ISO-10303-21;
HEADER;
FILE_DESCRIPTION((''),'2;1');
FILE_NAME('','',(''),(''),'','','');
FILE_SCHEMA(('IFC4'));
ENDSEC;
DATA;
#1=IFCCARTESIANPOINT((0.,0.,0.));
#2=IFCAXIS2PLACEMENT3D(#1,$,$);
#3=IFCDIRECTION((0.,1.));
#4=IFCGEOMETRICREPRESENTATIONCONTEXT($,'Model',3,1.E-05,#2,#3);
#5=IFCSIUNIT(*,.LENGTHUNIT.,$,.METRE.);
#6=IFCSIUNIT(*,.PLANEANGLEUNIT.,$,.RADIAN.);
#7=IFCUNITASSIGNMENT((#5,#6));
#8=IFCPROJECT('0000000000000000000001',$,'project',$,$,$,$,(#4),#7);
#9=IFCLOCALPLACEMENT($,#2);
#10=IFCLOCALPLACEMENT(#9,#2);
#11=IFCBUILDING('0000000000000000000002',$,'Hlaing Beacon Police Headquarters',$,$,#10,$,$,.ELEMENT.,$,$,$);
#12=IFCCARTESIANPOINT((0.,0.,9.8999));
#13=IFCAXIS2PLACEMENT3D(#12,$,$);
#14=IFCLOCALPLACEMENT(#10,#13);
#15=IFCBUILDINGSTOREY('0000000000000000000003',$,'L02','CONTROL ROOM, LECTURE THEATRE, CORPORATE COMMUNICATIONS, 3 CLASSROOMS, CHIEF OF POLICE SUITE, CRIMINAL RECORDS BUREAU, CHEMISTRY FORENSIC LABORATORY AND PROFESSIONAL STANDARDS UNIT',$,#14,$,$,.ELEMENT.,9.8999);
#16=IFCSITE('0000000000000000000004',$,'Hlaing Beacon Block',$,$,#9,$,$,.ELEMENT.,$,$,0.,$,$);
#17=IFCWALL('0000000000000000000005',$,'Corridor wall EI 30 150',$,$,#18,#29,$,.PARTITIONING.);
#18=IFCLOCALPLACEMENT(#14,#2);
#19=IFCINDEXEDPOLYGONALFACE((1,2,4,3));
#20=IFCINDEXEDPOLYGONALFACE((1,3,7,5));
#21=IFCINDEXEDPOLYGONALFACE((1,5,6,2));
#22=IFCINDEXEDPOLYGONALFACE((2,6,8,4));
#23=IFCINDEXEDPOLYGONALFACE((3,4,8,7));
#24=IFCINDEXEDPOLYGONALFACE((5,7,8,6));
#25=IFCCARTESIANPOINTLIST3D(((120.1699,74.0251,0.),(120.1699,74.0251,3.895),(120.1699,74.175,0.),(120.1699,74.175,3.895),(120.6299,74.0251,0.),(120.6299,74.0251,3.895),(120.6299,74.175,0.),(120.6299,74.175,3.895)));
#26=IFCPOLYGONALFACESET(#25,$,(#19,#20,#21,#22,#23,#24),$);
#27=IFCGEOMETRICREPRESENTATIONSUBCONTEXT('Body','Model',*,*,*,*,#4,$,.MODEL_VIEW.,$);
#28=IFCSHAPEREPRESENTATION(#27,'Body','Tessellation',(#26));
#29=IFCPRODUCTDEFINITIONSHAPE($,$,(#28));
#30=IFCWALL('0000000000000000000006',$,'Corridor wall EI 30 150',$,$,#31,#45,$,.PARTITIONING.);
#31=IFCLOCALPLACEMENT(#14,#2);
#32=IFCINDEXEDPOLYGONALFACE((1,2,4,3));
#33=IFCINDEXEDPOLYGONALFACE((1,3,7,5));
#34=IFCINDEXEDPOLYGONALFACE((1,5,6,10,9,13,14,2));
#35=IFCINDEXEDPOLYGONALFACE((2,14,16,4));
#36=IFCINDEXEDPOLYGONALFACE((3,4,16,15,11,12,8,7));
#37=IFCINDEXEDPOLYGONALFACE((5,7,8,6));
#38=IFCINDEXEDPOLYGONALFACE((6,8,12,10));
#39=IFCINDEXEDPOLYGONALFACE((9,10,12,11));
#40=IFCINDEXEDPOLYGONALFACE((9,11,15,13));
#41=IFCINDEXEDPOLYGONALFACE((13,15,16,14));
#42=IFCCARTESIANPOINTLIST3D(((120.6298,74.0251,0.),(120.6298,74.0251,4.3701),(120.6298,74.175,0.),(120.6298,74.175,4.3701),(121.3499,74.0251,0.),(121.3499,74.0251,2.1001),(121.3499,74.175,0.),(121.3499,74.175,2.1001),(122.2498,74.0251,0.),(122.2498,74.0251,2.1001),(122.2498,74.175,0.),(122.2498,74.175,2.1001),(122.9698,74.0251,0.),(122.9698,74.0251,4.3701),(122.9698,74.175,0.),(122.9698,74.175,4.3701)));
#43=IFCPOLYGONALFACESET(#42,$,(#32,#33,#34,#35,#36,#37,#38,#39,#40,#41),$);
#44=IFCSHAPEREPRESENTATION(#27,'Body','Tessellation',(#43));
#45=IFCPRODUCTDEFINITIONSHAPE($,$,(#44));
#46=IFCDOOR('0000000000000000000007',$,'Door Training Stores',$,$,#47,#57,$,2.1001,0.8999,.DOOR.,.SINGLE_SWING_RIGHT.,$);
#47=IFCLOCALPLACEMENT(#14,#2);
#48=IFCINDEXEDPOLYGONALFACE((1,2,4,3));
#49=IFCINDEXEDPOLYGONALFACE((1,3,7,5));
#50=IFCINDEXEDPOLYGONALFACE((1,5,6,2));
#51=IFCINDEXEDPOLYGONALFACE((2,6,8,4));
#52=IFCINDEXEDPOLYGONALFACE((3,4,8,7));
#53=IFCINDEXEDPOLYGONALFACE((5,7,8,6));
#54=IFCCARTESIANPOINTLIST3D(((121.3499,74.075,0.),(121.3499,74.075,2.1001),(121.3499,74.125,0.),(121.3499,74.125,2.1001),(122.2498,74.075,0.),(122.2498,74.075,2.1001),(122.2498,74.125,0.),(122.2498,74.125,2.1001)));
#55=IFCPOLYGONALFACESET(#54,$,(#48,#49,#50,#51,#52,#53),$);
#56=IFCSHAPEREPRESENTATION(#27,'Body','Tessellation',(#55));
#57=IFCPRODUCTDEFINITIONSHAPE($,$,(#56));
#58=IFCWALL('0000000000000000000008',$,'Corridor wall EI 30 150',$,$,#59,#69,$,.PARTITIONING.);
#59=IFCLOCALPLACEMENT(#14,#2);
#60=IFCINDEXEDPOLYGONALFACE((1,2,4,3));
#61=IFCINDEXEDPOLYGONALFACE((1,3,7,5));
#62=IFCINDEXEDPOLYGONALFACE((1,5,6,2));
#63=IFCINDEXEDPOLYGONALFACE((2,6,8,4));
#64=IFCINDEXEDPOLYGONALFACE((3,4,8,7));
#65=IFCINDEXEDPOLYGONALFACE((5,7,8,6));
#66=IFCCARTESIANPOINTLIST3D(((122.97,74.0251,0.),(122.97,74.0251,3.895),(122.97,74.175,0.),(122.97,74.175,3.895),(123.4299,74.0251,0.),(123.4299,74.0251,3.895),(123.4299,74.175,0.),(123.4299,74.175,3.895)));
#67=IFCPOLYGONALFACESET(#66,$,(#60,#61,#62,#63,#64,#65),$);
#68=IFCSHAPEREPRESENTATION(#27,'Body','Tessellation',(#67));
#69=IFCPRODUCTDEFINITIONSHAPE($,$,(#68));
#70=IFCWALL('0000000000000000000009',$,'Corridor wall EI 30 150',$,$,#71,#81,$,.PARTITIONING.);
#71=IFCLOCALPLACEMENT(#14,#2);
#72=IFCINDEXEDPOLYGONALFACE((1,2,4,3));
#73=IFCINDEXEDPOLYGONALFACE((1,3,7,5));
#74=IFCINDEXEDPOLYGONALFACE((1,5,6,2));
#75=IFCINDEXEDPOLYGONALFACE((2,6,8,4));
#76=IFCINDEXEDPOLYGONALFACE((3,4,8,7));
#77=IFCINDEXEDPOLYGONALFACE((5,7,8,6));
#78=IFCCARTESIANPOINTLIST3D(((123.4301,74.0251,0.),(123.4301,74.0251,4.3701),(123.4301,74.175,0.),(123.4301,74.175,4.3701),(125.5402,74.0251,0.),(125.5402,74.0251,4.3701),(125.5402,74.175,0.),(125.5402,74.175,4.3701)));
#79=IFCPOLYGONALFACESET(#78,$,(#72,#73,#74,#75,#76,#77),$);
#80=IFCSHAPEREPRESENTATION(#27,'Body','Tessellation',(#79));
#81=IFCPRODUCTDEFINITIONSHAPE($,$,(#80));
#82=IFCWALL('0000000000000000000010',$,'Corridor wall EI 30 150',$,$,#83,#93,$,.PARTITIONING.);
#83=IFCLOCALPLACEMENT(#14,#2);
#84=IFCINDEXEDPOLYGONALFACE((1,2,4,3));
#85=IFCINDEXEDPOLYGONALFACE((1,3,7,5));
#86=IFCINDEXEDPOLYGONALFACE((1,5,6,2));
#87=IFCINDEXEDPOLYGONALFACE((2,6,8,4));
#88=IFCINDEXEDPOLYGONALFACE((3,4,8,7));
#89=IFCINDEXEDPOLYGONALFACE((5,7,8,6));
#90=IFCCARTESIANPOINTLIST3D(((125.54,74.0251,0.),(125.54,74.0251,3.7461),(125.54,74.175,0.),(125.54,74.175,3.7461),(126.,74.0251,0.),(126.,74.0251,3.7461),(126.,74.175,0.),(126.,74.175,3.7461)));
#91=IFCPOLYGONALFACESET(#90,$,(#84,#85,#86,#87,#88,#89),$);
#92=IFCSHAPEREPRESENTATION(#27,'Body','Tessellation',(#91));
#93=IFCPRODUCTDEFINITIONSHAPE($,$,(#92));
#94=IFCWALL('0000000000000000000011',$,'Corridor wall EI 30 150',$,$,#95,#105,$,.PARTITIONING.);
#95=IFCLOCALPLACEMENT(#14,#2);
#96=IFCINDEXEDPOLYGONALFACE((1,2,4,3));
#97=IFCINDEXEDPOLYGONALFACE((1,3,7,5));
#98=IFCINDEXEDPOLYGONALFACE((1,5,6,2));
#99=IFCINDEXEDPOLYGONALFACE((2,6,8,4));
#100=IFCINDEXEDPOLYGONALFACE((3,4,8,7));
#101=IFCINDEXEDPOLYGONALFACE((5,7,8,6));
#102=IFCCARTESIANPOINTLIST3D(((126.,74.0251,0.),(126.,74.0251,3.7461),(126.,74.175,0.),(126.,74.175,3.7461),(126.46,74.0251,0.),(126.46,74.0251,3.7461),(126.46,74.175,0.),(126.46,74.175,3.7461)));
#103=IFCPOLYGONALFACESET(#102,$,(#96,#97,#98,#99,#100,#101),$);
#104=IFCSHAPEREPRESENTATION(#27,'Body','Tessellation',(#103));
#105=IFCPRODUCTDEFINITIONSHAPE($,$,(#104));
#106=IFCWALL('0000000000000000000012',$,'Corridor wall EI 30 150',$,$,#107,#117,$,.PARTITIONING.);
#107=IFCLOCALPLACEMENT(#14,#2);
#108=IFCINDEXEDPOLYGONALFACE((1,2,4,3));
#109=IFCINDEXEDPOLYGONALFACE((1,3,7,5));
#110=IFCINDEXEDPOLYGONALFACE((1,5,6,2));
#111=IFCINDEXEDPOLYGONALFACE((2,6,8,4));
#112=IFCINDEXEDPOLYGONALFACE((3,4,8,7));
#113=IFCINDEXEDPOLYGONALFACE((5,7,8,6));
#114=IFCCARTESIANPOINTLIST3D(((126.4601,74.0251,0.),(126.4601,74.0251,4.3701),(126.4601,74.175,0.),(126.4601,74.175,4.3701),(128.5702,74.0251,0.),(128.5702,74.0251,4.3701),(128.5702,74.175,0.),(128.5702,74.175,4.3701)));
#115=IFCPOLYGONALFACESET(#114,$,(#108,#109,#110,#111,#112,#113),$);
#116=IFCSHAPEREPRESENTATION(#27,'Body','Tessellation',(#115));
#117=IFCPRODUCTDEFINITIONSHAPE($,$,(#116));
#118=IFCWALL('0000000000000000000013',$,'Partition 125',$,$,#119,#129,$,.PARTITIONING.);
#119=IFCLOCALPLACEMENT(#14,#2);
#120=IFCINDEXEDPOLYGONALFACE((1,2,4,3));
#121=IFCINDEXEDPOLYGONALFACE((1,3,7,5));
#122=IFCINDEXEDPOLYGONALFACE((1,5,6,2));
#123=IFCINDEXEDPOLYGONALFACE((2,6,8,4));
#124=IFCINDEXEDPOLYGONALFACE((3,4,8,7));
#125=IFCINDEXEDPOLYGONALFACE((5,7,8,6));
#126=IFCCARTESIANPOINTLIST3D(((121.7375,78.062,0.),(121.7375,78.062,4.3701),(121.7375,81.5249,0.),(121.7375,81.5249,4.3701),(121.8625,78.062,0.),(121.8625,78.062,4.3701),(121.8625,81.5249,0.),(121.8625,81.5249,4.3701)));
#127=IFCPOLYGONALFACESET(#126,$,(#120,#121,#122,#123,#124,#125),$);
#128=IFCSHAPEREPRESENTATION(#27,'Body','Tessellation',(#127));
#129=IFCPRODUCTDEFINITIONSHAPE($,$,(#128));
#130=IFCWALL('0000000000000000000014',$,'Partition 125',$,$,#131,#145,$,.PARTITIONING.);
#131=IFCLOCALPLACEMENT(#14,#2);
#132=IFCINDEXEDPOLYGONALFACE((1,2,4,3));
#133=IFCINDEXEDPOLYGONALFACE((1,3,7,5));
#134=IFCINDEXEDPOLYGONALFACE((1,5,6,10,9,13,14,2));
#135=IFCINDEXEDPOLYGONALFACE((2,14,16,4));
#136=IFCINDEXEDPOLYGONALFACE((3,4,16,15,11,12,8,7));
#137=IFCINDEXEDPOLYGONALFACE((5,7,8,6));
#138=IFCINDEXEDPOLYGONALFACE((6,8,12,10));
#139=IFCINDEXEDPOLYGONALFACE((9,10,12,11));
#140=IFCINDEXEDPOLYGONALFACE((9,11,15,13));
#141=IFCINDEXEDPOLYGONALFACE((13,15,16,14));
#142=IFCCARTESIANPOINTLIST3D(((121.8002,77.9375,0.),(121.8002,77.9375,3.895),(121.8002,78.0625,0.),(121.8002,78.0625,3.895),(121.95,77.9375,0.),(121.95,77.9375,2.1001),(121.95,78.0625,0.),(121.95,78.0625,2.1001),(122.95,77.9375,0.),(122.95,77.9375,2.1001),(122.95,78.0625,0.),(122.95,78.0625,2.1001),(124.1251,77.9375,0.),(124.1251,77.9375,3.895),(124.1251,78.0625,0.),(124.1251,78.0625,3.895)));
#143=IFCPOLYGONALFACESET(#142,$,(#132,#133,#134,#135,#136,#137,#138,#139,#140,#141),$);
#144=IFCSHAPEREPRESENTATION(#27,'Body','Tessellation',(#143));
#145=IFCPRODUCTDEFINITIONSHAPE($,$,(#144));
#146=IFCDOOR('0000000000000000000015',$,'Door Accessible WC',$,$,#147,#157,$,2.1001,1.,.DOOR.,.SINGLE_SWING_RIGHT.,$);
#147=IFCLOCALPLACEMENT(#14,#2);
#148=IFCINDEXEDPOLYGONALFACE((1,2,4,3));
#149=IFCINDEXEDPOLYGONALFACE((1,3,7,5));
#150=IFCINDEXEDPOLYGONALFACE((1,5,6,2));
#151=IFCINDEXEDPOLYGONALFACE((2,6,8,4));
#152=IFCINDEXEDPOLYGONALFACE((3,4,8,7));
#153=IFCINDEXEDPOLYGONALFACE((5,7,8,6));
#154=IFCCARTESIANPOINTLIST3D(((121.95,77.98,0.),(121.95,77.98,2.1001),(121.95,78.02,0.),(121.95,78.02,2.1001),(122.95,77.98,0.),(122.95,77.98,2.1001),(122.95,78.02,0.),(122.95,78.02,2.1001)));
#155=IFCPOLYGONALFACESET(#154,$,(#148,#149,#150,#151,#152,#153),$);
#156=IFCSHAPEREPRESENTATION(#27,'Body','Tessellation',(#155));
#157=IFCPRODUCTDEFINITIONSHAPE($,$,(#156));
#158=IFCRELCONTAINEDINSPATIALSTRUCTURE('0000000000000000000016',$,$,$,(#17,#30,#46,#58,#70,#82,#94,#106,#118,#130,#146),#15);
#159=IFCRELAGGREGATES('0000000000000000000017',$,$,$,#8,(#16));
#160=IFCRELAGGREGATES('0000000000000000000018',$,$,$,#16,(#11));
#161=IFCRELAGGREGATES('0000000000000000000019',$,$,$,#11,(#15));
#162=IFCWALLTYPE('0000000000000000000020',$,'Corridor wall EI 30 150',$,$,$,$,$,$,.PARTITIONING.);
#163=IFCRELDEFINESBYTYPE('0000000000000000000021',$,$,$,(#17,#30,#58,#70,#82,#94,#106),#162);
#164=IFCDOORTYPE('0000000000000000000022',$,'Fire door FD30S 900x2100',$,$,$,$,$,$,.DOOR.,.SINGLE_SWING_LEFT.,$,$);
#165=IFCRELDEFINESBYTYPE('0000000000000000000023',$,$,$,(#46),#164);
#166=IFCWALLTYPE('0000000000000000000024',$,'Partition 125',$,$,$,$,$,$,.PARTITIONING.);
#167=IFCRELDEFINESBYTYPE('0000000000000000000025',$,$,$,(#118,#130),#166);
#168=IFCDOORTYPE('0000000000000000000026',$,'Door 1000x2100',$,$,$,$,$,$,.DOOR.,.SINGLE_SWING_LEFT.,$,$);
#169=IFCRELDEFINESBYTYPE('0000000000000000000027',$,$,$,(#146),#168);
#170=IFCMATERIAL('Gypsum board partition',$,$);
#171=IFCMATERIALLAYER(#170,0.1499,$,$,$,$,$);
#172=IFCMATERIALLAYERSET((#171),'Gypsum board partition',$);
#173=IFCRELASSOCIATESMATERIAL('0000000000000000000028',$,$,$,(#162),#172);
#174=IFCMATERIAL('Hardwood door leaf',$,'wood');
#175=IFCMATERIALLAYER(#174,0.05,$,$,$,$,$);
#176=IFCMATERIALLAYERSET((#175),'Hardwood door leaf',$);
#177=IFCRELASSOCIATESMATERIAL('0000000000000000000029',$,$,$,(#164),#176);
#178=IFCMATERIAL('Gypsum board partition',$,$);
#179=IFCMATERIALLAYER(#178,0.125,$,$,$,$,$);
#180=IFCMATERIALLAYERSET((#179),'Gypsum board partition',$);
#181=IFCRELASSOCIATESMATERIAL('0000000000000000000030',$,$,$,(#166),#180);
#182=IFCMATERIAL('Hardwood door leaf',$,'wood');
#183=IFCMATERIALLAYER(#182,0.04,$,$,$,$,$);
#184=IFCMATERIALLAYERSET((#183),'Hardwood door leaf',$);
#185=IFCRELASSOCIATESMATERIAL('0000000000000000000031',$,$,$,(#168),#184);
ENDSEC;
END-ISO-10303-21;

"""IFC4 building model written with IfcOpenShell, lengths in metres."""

from ifc_helpers import new_model, si_unit, direction, frame, frame_2d, origin, place, context, subcontext, project, spatial, rectangle, extrude, material, layer, layer_set, type_object, element, fill, save


model = new_model("IFC4")

# Units and contexts
model_context = context("Model", 3, precision=1e-05, world=origin(), true_north=direction((0.0, 1.0)))
body_context = subcontext(model_context, "Body", "Model", "MODEL_VIEW")
ifc_project = project(units=[si_unit("LENGTHUNIT", "METRE"), si_unit("PLANEANGLEUNIT", "RADIAN")], contexts=[model_context])

# Site, building, storey
site_placement = place(None, origin())
site = spatial("IfcSite", under=ifc_project, at=site_placement, Name="Hlaing Beacon Block", CompositionType="ELEMENT", RefElevation=0.0)
building_placement = place(site_placement, origin())
building = spatial("IfcBuilding", under=site, at=building_placement, Name="Hlaing Beacon Police Headquarters", CompositionType="ELEMENT")
storey_placement = place(building_placement, frame((0.0, 0.0, 9.8999)))
storey = spatial("IfcBuildingStorey", under=building, at=storey_placement, Name="L02", Description="CONTROL ROOM, LECTURE THEATRE, CORPORATE COMMUNICATIONS, 3 CLASSROOMS, CHIEF OF POLICE SUITE, CRIMINAL RECORDS BUREAU, CHEMISTRY FORENSIC LABORATORY AND PROFESSIONAL STANDARDS UNIT", CompositionType="ELEMENT", Elevation=9.8999)

# Wall
ifc_material_1 = material(Name="Gypsum board partition")
ifc_layer_1 = layer(ifc_material_1, 0.1499)
ifc_layer_set_1 = layer_set([ifc_layer_1], Name="Gypsum board partition")
wall_type_1 = type_object("IfcWallType", Name="Corridor wall EI 30 150", PredefinedType="PARTITIONING", material=ifc_layer_set_1)
wall_1_placement = place(storey_placement, frame((120.1699, 74.1001, 0.0), z_axis=(0.0, 0.0, 1.0), x_axis=(1.0, 0.0, 0.0)))
element("IfcWall", 1, at=wall_1_placement, inside=storey, type_object=wall_type_1, Name="Corridor wall EI 30 150", PredefinedType="PARTITIONING", context=body_context, shape_type="SweptSolid", body=[
    extrude(rectangle(XDim=0.46, YDim=0.1499, at=frame_2d((0.23, 0.0))), origin(), (0.0, 0.0, 1.0), 3.895),
])

# Wall, opening, door
wall_2_placement = place(storey_placement, frame((120.6299, 74.1001, 0.0), z_axis=(0.0, 0.0, 1.0), x_axis=(1.0, 0.0, 0.0)))
wall_2 = element("IfcWall", 2, at=wall_2_placement, inside=storey, type_object=wall_type_1, Name="Corridor wall EI 30 150", PredefinedType="PARTITIONING", context=body_context, shape_type="SweptSolid", body=[
    extrude(rectangle(XDim=2.3401, YDim=0.1499, at=frame_2d((1.1699, 0.0))), origin(), (0.0, 0.0, 1.0), 4.3701),
])
opening_1_placement = place(wall_2_placement, frame((0.72, 0.0, 0.0)))
opening_1 = element("IfcOpeningElement", 3, at=opening_1_placement, cuts=wall_2, PredefinedType="OPENING", context=body_context, shape_type="SweptSolid", body=[
    extrude(rectangle(XDim=0.8999, YDim=2.1001, at=frame_2d((0.45, 1.05))), frame((0.0, 0.085, 0.0), z_axis=(0.0, -1.0, 0.0), x_axis=(1.0, 0.0, 0.0)), (0.0, 0.0, 1.0), 0.1699),
])
ifc_material_2 = material(Name="Hardwood door leaf", Category="wood")
ifc_layer_2 = layer(ifc_material_2, 0.05)
ifc_layer_set_2 = layer_set([ifc_layer_2], Name="Hardwood door leaf")
door_type_1 = type_object("IfcDoorType", Name="Fire door FD30S 900x2100", OperationType="SINGLE_SWING_LEFT", PredefinedType="DOOR", material=ifc_layer_set_2)
door_1_placement = place(opening_1_placement, frame((0.8999, 0.0, 0.0), z_axis=(0.0, 0.0, 1.0), x_axis=(-1.0, 0.0, 0.0)))
door_1 = element("IfcDoor", 4, at=door_1_placement, inside=storey, type_object=door_type_1, Name="Door Training Stores", OperationType="SINGLE_SWING_RIGHT", OverallHeight=2.1001, OverallWidth=0.8999, PredefinedType="DOOR", context=body_context, shape_type="SweptSolid", body=[
    extrude(rectangle(XDim=0.8999, YDim=2.1001, at=frame_2d((0.45, 1.05))), frame((0.0, 0.0251, 0.0), z_axis=(0.0, -1.0, 0.0), x_axis=(1.0, 0.0, 0.0)), (0.0, 0.0, 1.0), 0.05),
])
fill(opening_1, door_1)

# Walls
wall_3_placement = place(storey_placement, frame((122.97, 74.1001, 0.0), z_axis=(0.0, 0.0, 1.0), x_axis=(1.0, 0.0, 0.0)))
element("IfcWall", 5, at=wall_3_placement, inside=storey, type_object=wall_type_1, Name="Corridor wall EI 30 150", PredefinedType="PARTITIONING", context=body_context, shape_type="SweptSolid", body=[
    extrude(rectangle(XDim=0.46, YDim=0.1499, at=frame_2d((0.23, 0.0))), origin(), (0.0, 0.0, 1.0), 3.895),
])
wall_4_placement = place(storey_placement, frame((123.4299, 74.1001, 0.0), z_axis=(0.0, 0.0, 1.0), x_axis=(1.0, 0.0, 0.0)))
element("IfcWall", 6, at=wall_4_placement, inside=storey, type_object=wall_type_1, Name="Corridor wall EI 30 150", PredefinedType="PARTITIONING", context=body_context, shape_type="SweptSolid", body=[
    extrude(rectangle(XDim=2.1101, YDim=0.1499, at=frame_2d((1.0552, 0.0))), origin(), (0.0, 0.0, 1.0), 4.3701),
])
for number, where, z_axis, x_axis, name in (
    (7, (125.54, 74.1001, 0.0), (0.0, 0.0, 1.0), (1.0, 0.0, 0.0), "Corridor wall EI 30 150"),
    (8, (126.0, 74.1001, 0.0), (0.0, 0.0, 1.0), (1.0, 0.0, 0.0), "Corridor wall EI 30 150"),
):
    element("IfcWall", number, at=place(storey_placement, frame(where, z_axis=z_axis, x_axis=x_axis)), inside=storey, type_object=wall_type_1, Name=name, PredefinedType="PARTITIONING", context=body_context, shape_type="SweptSolid", body=[
        extrude(rectangle(XDim=0.46, YDim=0.1499, at=frame_2d((0.23, 0.0))), origin(), (0.0, 0.0, 1.0), 3.7461),
    ])
wall_5_placement = place(storey_placement, frame((126.46, 74.1001, 0.0), z_axis=(0.0, 0.0, 1.0), x_axis=(1.0, 0.0, 0.0)))
element("IfcWall", 9, at=wall_5_placement, inside=storey, type_object=wall_type_1, Name="Corridor wall EI 30 150", PredefinedType="PARTITIONING", context=body_context, shape_type="SweptSolid", body=[
    extrude(rectangle(XDim=2.1101, YDim=0.1499, at=frame_2d((1.0552, 0.0))), origin(), (0.0, 0.0, 1.0), 4.3701),
])
ifc_material_3 = material(Name="Gypsum board partition")
ifc_layer_3 = layer(ifc_material_3, 0.125)
ifc_layer_set_3 = layer_set([ifc_layer_3], Name="Gypsum board partition")
wall_type_2 = type_object("IfcWallType", Name="Partition 125", PredefinedType="PARTITIONING", material=ifc_layer_set_3)
wall_6_placement = place(storey_placement, frame((121.8, 78.062, 0.0), z_axis=(0.0, 0.0, 1.0), x_axis=(0.0, 1.0, 0.0)))
element("IfcWall", 10, at=wall_6_placement, inside=storey, type_object=wall_type_2, Name="Partition 125", PredefinedType="PARTITIONING", context=body_context, shape_type="SweptSolid", body=[
    extrude(rectangle(XDim=3.4629, YDim=0.125, at=frame_2d((1.7314, 0.0))), origin(), (0.0, 0.0, 1.0), 4.3701),
])

# Wall, opening, door
wall_7_placement = place(storey_placement, frame((121.8, 78.0, 0.0), z_axis=(0.0, 0.0, 1.0), x_axis=(1.0, 0.0, 0.0)))
wall_7 = element("IfcWall", 11, at=wall_7_placement, inside=storey, type_object=wall_type_2, Name="Partition 125", PredefinedType="PARTITIONING", context=body_context, shape_type="SweptSolid", body=[
    extrude(rectangle(XDim=2.325, YDim=0.125, at=frame_2d((1.1626, 0.0))), origin(), (0.0, 0.0, 1.0), 3.895),
])
opening_2_placement = place(wall_7_placement, frame((0.1499, 0.0, 0.0)))
opening_2 = element("IfcOpeningElement", 12, at=opening_2_placement, cuts=wall_7, PredefinedType="OPENING", context=body_context, shape_type="SweptSolid", body=[
    extrude(rectangle(XDim=1.0, YDim=2.1001, at=frame_2d((0.5, 1.05))), frame((0.0, 0.0725, 0.0), z_axis=(0.0, -1.0, 0.0), x_axis=(1.0, 0.0, 0.0)), (0.0, 0.0, 1.0), 0.145),
])
ifc_material_4 = material(Name="Hardwood door leaf", Category="wood")
ifc_layer_4 = layer(ifc_material_4, 0.04)
ifc_layer_set_4 = layer_set([ifc_layer_4], Name="Hardwood door leaf")
door_type_2 = type_object("IfcDoorType", Name="Door 1000x2100", OperationType="SINGLE_SWING_LEFT", PredefinedType="DOOR", material=ifc_layer_set_4)
door_2_placement = place(opening_2_placement, origin())
door_2 = element("IfcDoor", 13, at=door_2_placement, inside=storey, type_object=door_type_2, Name="Door Accessible WC", OperationType="SINGLE_SWING_RIGHT", OverallHeight=2.1001, OverallWidth=1.0, PredefinedType="DOOR", context=body_context, shape_type="SweptSolid", body=[
    extrude(rectangle(XDim=1.0, YDim=2.1001, at=frame_2d((0.5, 1.05))), frame((0.0, 0.02, 0.0), z_axis=(0.0, -1.0, 0.0), x_axis=(1.0, 0.0, 0.0)), (0.0, 0.0, 1.0), 0.04),
])
fill(opening_2, door_2)

save(model, "model.ifc")
